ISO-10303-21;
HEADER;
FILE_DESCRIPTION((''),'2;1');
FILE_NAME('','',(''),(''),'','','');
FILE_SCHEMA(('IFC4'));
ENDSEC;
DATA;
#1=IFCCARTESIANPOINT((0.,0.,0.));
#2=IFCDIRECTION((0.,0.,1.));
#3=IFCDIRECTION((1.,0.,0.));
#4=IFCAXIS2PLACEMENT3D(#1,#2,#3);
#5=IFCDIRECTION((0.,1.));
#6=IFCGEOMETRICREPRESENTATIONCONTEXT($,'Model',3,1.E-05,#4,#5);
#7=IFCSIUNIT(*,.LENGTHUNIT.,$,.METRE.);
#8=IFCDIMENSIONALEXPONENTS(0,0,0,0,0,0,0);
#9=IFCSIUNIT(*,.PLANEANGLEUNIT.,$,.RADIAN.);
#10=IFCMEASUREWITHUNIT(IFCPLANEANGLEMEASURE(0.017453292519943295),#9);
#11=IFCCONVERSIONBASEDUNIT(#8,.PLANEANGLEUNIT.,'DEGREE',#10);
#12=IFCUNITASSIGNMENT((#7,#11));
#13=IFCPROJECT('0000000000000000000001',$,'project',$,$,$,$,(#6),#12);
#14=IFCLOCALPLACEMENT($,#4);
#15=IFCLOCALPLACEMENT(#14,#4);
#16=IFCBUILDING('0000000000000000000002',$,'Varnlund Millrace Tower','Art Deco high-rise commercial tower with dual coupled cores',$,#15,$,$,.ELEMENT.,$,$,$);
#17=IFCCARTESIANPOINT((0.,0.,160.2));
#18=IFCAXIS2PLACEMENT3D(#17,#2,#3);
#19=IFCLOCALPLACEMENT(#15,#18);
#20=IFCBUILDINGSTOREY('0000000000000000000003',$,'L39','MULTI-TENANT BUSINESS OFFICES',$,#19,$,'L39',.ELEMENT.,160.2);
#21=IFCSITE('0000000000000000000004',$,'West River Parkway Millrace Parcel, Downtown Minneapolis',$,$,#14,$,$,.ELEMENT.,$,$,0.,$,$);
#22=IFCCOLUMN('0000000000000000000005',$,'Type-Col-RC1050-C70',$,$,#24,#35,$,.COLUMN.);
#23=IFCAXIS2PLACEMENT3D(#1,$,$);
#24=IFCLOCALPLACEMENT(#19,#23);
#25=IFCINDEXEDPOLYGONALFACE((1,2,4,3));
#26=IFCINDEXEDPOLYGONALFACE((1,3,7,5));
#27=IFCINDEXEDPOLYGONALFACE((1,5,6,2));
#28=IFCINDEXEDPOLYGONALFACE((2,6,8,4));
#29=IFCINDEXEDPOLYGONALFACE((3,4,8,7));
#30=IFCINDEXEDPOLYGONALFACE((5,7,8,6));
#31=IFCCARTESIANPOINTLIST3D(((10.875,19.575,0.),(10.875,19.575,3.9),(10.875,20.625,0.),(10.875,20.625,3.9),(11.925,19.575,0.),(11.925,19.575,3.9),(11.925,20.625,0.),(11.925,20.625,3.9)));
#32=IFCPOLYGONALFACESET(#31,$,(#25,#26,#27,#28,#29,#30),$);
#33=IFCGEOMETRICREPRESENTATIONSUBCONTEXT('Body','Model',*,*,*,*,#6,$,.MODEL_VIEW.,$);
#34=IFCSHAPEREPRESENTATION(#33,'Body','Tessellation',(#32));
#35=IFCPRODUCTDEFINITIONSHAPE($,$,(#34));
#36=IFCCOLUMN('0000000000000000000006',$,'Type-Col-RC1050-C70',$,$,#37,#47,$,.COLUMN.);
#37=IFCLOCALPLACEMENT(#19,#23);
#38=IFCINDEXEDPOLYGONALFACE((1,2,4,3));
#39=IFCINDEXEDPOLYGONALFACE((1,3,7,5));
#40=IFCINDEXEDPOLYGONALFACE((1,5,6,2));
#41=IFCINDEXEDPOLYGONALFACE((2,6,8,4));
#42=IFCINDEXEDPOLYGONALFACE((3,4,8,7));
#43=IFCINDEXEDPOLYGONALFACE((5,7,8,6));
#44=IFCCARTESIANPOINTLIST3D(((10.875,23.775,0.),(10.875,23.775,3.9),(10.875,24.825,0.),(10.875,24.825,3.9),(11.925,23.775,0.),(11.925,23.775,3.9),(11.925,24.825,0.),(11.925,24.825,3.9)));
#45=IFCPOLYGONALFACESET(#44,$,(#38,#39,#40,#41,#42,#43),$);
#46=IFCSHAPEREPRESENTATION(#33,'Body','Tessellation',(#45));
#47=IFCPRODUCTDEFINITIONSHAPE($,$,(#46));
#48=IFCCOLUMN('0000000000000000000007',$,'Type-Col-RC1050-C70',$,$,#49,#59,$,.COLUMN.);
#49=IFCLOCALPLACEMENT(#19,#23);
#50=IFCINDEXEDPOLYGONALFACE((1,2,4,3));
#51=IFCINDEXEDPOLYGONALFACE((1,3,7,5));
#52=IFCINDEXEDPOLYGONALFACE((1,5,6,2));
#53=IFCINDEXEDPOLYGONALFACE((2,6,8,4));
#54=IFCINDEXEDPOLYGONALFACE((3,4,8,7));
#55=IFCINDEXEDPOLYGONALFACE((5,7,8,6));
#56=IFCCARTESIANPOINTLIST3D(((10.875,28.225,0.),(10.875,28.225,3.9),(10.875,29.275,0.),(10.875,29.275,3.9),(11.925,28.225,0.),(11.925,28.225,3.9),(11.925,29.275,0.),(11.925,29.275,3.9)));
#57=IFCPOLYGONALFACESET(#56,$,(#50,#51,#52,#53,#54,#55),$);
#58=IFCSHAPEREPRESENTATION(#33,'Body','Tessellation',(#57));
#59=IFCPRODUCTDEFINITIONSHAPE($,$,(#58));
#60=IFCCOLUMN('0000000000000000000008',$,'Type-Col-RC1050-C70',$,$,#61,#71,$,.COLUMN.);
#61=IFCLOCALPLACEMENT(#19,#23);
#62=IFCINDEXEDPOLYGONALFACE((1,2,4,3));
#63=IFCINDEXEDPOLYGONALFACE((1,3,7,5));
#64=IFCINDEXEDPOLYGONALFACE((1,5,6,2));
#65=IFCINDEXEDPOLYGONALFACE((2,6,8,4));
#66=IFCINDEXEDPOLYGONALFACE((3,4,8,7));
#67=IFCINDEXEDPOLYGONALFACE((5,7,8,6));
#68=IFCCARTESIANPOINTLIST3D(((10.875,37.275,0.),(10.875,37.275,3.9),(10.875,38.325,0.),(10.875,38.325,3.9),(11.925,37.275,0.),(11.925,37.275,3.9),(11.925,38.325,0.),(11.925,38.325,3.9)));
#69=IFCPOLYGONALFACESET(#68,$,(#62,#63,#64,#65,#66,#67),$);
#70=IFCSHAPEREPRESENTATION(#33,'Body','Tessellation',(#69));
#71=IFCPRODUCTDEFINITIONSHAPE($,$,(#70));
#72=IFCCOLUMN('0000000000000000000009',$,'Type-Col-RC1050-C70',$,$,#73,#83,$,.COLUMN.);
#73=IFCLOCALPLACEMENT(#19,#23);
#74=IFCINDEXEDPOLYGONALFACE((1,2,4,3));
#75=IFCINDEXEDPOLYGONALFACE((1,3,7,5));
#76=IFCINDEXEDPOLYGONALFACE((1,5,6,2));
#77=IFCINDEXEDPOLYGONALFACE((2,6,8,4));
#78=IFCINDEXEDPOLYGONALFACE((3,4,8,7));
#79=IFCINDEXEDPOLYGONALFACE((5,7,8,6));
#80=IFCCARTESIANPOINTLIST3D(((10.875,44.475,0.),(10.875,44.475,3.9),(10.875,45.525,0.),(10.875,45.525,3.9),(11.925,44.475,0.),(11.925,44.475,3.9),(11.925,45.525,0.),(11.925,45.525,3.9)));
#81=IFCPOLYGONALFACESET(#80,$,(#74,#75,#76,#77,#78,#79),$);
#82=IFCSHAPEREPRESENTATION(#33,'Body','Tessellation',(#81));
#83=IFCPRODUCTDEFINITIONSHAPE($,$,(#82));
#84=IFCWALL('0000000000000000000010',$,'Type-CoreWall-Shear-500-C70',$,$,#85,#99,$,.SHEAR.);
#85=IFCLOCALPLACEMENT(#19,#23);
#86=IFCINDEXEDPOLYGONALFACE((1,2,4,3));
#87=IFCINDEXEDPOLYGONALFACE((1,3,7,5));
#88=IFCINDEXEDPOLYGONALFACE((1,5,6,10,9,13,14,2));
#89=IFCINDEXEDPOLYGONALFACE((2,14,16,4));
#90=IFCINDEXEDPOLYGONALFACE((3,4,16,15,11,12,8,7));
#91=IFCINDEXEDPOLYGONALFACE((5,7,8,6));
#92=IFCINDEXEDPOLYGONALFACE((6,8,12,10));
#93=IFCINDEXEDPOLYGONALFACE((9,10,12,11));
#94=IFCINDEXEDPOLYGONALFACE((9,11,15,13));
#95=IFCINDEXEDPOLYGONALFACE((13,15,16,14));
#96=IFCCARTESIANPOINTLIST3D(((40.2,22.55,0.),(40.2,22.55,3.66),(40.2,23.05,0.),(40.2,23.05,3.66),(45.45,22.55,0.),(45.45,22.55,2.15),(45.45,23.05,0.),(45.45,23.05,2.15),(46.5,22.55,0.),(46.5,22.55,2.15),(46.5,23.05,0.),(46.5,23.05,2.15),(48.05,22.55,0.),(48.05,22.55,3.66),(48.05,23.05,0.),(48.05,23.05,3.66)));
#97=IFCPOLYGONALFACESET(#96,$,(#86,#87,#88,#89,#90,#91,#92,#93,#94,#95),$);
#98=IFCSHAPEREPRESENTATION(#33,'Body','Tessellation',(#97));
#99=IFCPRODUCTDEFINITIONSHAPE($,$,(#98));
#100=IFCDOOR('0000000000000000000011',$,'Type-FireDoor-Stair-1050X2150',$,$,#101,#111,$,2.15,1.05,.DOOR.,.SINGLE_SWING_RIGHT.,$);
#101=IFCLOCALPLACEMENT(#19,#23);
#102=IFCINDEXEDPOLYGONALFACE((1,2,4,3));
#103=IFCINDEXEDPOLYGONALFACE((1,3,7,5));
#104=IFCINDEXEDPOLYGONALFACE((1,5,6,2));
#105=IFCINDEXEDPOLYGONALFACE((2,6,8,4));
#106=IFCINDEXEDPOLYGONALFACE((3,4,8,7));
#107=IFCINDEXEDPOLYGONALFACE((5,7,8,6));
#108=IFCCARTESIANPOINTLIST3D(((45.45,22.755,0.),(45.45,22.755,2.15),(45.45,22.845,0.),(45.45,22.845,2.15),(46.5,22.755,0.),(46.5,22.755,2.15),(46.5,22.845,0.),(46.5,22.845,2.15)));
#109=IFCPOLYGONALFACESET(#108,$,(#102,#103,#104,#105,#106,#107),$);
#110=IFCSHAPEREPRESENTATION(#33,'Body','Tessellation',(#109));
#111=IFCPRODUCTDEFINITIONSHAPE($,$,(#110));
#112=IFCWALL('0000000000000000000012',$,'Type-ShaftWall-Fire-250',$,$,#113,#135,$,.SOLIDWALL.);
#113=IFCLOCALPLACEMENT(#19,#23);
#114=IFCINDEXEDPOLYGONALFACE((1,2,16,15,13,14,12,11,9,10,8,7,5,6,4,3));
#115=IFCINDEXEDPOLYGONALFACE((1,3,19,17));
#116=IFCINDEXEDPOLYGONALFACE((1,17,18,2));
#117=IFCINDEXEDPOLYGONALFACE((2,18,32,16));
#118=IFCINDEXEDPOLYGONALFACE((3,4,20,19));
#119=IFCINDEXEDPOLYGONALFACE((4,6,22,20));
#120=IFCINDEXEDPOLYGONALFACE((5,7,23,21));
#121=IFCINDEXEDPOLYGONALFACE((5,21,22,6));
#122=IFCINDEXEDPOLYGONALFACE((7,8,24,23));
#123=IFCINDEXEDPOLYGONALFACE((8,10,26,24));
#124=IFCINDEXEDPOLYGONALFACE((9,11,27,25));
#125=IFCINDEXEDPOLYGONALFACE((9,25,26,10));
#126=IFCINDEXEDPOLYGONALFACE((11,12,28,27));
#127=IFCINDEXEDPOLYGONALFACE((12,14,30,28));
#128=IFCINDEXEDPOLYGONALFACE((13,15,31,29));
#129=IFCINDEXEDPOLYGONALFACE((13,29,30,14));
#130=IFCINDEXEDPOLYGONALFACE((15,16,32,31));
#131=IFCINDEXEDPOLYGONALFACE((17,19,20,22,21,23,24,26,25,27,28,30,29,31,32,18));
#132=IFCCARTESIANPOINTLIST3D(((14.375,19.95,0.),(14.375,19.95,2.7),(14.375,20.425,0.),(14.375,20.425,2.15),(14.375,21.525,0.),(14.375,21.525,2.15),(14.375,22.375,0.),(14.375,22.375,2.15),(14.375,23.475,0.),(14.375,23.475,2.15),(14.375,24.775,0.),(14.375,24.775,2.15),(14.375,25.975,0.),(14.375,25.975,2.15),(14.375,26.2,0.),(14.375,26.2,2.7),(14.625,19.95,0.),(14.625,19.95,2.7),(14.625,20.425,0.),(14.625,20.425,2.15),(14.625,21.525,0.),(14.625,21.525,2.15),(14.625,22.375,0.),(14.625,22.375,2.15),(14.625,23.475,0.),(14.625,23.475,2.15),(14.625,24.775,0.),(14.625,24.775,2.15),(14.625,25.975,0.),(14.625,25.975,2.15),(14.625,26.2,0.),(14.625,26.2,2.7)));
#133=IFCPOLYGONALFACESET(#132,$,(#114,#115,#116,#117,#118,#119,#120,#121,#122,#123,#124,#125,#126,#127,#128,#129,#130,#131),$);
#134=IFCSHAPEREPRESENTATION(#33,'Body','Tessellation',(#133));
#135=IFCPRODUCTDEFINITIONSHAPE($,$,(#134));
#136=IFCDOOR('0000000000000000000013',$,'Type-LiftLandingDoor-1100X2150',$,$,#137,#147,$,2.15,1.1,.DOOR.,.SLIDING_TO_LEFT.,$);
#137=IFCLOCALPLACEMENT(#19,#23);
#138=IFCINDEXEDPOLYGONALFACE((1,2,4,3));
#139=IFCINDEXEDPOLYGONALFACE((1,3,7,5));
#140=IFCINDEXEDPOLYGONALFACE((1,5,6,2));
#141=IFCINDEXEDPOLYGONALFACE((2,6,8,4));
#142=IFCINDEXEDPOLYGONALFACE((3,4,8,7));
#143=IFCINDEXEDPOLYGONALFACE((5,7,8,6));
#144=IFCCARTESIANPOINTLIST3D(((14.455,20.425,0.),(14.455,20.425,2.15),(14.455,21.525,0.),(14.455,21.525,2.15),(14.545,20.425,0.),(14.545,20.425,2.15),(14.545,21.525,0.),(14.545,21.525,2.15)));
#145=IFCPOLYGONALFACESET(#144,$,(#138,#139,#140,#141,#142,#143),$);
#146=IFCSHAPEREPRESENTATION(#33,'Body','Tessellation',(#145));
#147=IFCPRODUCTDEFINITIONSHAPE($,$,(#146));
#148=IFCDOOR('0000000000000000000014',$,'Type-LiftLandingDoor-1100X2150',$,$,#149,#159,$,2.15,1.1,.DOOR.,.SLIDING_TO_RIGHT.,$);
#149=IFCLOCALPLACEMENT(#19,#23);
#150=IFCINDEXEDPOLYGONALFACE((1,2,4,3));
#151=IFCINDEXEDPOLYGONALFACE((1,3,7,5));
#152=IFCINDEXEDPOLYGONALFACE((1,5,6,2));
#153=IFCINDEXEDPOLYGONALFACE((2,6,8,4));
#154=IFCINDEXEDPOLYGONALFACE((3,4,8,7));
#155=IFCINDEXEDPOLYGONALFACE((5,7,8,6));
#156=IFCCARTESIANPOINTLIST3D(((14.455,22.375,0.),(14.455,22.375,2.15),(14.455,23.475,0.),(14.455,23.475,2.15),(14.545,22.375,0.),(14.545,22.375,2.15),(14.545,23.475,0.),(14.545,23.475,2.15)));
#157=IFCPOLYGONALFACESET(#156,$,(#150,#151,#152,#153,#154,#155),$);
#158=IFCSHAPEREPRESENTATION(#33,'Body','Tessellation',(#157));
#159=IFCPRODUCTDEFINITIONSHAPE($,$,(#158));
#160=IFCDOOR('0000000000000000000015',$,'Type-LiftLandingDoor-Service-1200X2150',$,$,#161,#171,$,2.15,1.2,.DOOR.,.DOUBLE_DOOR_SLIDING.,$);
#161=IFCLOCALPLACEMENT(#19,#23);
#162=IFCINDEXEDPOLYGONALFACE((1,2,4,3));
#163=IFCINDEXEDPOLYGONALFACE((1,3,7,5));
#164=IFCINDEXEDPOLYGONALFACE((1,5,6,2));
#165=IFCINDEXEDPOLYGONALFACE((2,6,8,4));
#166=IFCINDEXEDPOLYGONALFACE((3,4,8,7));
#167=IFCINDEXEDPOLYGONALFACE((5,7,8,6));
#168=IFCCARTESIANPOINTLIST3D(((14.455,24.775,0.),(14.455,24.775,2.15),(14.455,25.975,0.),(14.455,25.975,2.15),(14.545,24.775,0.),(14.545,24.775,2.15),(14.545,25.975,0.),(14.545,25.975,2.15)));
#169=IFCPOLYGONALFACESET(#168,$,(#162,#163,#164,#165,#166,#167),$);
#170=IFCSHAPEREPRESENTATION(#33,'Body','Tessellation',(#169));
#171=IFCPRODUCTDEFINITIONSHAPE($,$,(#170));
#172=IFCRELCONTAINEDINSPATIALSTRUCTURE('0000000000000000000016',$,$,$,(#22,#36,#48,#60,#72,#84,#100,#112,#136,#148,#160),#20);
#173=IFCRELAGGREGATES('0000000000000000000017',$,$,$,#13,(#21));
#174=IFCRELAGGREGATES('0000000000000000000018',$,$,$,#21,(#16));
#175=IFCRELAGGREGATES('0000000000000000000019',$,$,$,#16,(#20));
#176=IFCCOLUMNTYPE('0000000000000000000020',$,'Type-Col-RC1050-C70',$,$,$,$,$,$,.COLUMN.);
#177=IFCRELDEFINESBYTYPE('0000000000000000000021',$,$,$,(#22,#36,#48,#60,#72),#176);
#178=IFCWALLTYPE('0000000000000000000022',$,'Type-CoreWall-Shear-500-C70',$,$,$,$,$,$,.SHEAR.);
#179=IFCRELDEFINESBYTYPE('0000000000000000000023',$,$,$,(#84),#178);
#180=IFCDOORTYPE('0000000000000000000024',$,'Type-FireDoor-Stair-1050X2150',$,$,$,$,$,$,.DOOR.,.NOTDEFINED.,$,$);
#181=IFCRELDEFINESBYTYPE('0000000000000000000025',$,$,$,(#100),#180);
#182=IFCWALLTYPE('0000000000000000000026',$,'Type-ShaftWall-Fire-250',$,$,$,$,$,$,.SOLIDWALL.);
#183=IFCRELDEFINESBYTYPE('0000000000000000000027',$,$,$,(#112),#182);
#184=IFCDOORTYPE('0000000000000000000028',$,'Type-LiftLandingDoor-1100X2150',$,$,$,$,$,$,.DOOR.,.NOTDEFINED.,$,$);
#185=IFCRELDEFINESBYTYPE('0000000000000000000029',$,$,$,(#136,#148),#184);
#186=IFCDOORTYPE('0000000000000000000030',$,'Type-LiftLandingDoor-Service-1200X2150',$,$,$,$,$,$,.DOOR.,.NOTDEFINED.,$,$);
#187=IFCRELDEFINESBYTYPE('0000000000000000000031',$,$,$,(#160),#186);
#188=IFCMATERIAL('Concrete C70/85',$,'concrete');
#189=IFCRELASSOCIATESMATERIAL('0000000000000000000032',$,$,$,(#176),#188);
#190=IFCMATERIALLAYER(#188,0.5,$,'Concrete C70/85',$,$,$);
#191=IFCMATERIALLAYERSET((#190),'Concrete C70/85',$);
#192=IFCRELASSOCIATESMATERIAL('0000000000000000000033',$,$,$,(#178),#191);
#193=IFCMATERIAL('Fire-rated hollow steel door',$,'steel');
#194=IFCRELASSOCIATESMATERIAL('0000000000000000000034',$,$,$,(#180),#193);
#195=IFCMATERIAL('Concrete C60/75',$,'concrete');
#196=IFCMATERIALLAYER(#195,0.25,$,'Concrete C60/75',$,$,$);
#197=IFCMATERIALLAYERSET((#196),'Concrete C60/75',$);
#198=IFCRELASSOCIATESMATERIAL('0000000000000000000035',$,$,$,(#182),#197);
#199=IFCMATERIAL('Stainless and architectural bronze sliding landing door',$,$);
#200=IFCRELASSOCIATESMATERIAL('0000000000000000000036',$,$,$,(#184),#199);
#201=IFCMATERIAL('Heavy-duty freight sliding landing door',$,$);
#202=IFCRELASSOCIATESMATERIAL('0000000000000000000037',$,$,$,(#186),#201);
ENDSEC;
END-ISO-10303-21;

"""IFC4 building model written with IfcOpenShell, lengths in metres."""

from ifc_helpers import new_model, entity, si_unit, converted_unit, direction, frame, origin_with_axes, origin_2d_with_axis, place, context, subcontext, project, spatial, polyline, rectangle, outline, extrude, material, layer, layer_set, material_profile, profile_set, type_object, element, fill, save


model = new_model("IFC4")

# Units and contexts
model_context = context("Model", 3, precision=1e-05, world=origin_with_axes(), true_north=direction((0.0, 1.0)))
body_context = subcontext(model_context, "Body", "Model", "MODEL_VIEW")
ifc_project = project(units=[si_unit("LENGTHUNIT", "METRE"), converted_unit("PLANEANGLEUNIT", "DEGREE", entity("IfcPlaneAngleMeasure", 0.017453292519943295), si_unit("PLANEANGLEUNIT", "RADIAN"), dimensions=[0, 0, 0, 0, 0, 0, 0])], contexts=[model_context])

# Site, building, storey
site_placement = place(None, origin_with_axes())
site = spatial("IfcSite", under=ifc_project, at=site_placement, Name="West River Parkway Millrace Parcel, Downtown Minneapolis", CompositionType="ELEMENT", RefElevation=0.0)
building_placement = place(site_placement, origin_with_axes())
building = spatial("IfcBuilding", under=site, at=building_placement, Name="Varnlund Millrace Tower", Description="Art Deco high-rise commercial tower with dual coupled cores", CompositionType="ELEMENT")
storey_placement = place(building_placement, frame((0.0, 0.0, 160.2), z_axis=(0.0, 0.0, 1.0), x_axis=(1.0, 0.0, 0.0)))
storey = spatial("IfcBuildingStorey", under=building, at=storey_placement, Name="L39", Description="MULTI-TENANT BUSINESS OFFICES", LongName="L39", CompositionType="ELEMENT", Elevation=160.2)

# Columns
ifc_material_1 = material(Name="Concrete C70/85", Category="concrete")
ifc_material_profile = material_profile(ifc_material_1, rectangle(XDim=1.05, YDim=1.05, at=origin_2d_with_axis()), Name="Concrete C70/85")
ifc_profile_set = profile_set([ifc_material_profile], Name="Concrete C70/85")
column_type = type_object("IfcColumnType", Name="Type-Col-RC1050-C70", PredefinedType="COLUMN", material=ifc_profile_set)
for number, where, z_axis, x_axis, name in (
    (1, (11.4, 20.1, 0.0), (0.0, 0.0, 1.0), (1.0, 0.0, 0.0), "Type-Col-RC1050-C70"),
    (2, (11.4, 24.3, 0.0), (0.0, 0.0, 1.0), (1.0, 0.0, 0.0), "Type-Col-RC1050-C70"),
    (3, (11.4, 28.75, 0.0), (0.0, 0.0, 1.0), (1.0, 0.0, 0.0), "Type-Col-RC1050-C70"),
    (4, (11.4, 37.8, 0.0), (0.0, 0.0, 1.0), (1.0, 0.0, 0.0), "Type-Col-RC1050-C70"),
    (5, (11.4, 45.0, 0.0), (0.0, 0.0, 1.0), (1.0, 0.0, 0.0), "Type-Col-RC1050-C70"),
):
    element("IfcColumn", number, at=place(storey_placement, frame(where, z_axis=z_axis, x_axis=x_axis)), inside=storey, type_object=column_type, Name=name, PredefinedType="COLUMN", context=body_context, shape_type="SweptSolid", body=[
        extrude(rectangle(XDim=1.05, YDim=1.05, at=origin_2d_with_axis()), origin_with_axes(), (0.0, 0.0, 1.0), 3.9),
    ])

# Wall, opening, door
ifc_layer_1 = layer(ifc_material_1, 0.5, Name="Concrete C70/85")
ifc_layer_set_1 = layer_set([ifc_layer_1], Name="Concrete C70/85")
wall_type_1 = type_object("IfcWallType", Name="Type-CoreWall-Shear-500-C70", PredefinedType="SHEAR", material=ifc_layer_set_1)
wall_1_placement = place(storey_placement, frame((40.2, 22.8, 0.0), z_axis=(0.0, 0.0, 1.0), x_axis=(1.0, 0.0, 0.0)))
wall_1 = element("IfcWall", 6, at=wall_1_placement, inside=storey, type_object=wall_type_1, Name="Type-CoreWall-Shear-500-C70", PredefinedType="SHEAR", context=body_context, shape_type="SweptSolid", body=[
    extrude(outline(polyline([(0.0, -0.25), (7.85, -0.25), (7.85, 0.25), (0.0, 0.25), (0.0, -0.25)])), origin_with_axes(), (0.0, 0.0, 1.0), 3.66),
])
opening_1_placement = place(wall_1_placement, frame((5.775, 0.0, 0.0), z_axis=(0.0, 0.0, 1.0), x_axis=(1.0, 0.0, 0.0)))
opening_1 = element("IfcOpeningElement", 7, at=opening_1_placement, cuts=wall_1, PredefinedType="OPENING", context=body_context, shape_type="SweptSolid", body=[
    extrude(rectangle(XDim=1.05, YDim=0.52, at=origin_2d_with_axis()), origin_with_axes(), (0.0, 0.0, 1.0), 2.15),
])
ifc_material_2 = material(Name="Fire-rated hollow steel door", Category="steel")
door_type_1 = type_object("IfcDoorType", Name="Type-FireDoor-Stair-1050X2150", OperationType="NOTDEFINED", PredefinedType="DOOR", material=ifc_material_2)
door_1_placement = place(wall_1_placement, frame((5.775, 0.0, 0.0), z_axis=(0.0, 0.0, 1.0), x_axis=(1.0, 0.0, 0.0)))
door_1 = element("IfcDoor", 8, at=door_1_placement, inside=storey, type_object=door_type_1, Name="Type-FireDoor-Stair-1050X2150", OperationType="SINGLE_SWING_RIGHT", OverallHeight=2.15, OverallWidth=1.05, PredefinedType="DOOR", context=body_context, shape_type="SweptSolid", body=[
    extrude(rectangle(XDim=1.05, YDim=0.09, at=origin_2d_with_axis()), origin_with_axes(), (0.0, 0.0, 1.0), 2.15),
])
fill(opening_1, door_1)

# Wall, openings, doors
ifc_material_3 = material(Name="Concrete C60/75", Category="concrete")
ifc_layer_2 = layer(ifc_material_3, 0.25, Name="Concrete C60/75")
ifc_layer_set_2 = layer_set([ifc_layer_2], Name="Concrete C60/75")
wall_type_2 = type_object("IfcWallType", Name="Type-ShaftWall-Fire-250", PredefinedType="SOLIDWALL", material=ifc_layer_set_2)
wall_2_placement = place(storey_placement, frame((14.5, 19.95, 0.0), z_axis=(0.0, 0.0, 1.0), x_axis=(0.0, 1.0, 0.0)))
wall_2 = element("IfcWall", 9, at=wall_2_placement, inside=storey, type_object=wall_type_2, Name="Type-ShaftWall-Fire-250", PredefinedType="SOLIDWALL", context=body_context, shape_type="SweptSolid", body=[
    extrude(outline(polyline([(0.0, -0.125), (6.25, -0.125), (6.25, 0.125), (0.0, 0.125), (0.0, -0.125)])), origin_with_axes(), (0.0, 0.0, 1.0), 2.7),
])
opening_2_placement = place(wall_2_placement, frame((1.025, 0.0, 0.0), z_axis=(0.0, 0.0, 1.0), x_axis=(1.0, 0.0, 0.0)))
opening_2 = element("IfcOpeningElement", 10, at=opening_2_placement, cuts=wall_2, PredefinedType="OPENING", context=body_context, shape_type="SweptSolid", body=[
    extrude(rectangle(XDim=1.1, YDim=0.27, at=origin_2d_with_axis()), origin_with_axes(), (0.0, 0.0, 1.0), 2.15),
])
opening_3_placement = place(wall_2_placement, frame((2.975, 0.0, 0.0), z_axis=(0.0, 0.0, 1.0), x_axis=(1.0, 0.0, 0.0)))
opening_3 = element("IfcOpeningElement", 11, at=opening_3_placement, cuts=wall_2, PredefinedType="OPENING", context=body_context, shape_type="SweptSolid", body=[
    extrude(rectangle(XDim=1.1, YDim=0.27, at=origin_2d_with_axis()), origin_with_axes(), (0.0, 0.0, 1.0), 2.15),
])
opening_4_placement = place(wall_2_placement, frame((5.425, 0.0, 0.0), z_axis=(0.0, 0.0, 1.0), x_axis=(1.0, 0.0, 0.0)))
opening_4 = element("IfcOpeningElement", 12, at=opening_4_placement, cuts=wall_2, PredefinedType="OPENING", context=body_context, shape_type="SweptSolid", body=[
    extrude(rectangle(XDim=1.2, YDim=0.27, at=origin_2d_with_axis()), origin_with_axes(), (0.0, 0.0, 1.0), 2.15),
])
ifc_material_4 = material(Name="Stainless and architectural bronze sliding landing door")
door_type_2 = type_object("IfcDoorType", Name="Type-LiftLandingDoor-1100X2150", OperationType="NOTDEFINED", PredefinedType="DOOR", material=ifc_material_4)
door_2_placement = place(wall_2_placement, frame((1.025, 0.0, 0.0), z_axis=(0.0, 0.0, 1.0), x_axis=(1.0, 0.0, 0.0)))
door_2 = element("IfcDoor", 13, at=door_2_placement, inside=storey, type_object=door_type_2, Name="Type-LiftLandingDoor-1100X2150", OperationType="SLIDING_TO_LEFT", OverallHeight=2.15, OverallWidth=1.1, PredefinedType="DOOR", context=body_context, shape_type="SweptSolid", body=[
    extrude(rectangle(XDim=1.1, YDim=0.09, at=origin_2d_with_axis()), origin_with_axes(), (0.0, 0.0, 1.0), 2.15),
])
fill(opening_2, door_2)
door_3_placement = place(wall_2_placement, frame((2.975, 0.0, 0.0), z_axis=(0.0, 0.0, 1.0), x_axis=(1.0, 0.0, 0.0)))
door_3 = element("IfcDoor", 14, at=door_3_placement, inside=storey, type_object=door_type_2, Name="Type-LiftLandingDoor-1100X2150", OperationType="SLIDING_TO_RIGHT", OverallHeight=2.15, OverallWidth=1.1, PredefinedType="DOOR", context=body_context, shape_type="SweptSolid", body=[
    extrude(rectangle(XDim=1.1, YDim=0.09, at=origin_2d_with_axis()), origin_with_axes(), (0.0, 0.0, 1.0), 2.15),
])
fill(opening_3, door_3)
ifc_material_5 = material(Name="Heavy-duty freight sliding landing door")
door_type_3 = type_object("IfcDoorType", Name="Type-LiftLandingDoor-Service-1200X2150", OperationType="NOTDEFINED", PredefinedType="DOOR", material=ifc_material_5)
door_4_placement = place(wall_2_placement, frame((5.425, 0.0, 0.0), z_axis=(0.0, 0.0, 1.0), x_axis=(1.0, 0.0, 0.0)))
door_4 = element("IfcDoor", 15, at=door_4_placement, inside=storey, type_object=door_type_3, Name="Type-LiftLandingDoor-Service-1200X2150", OperationType="DOUBLE_DOOR_SLIDING", OverallHeight=2.15, OverallWidth=1.2, PredefinedType="DOOR", context=body_context, shape_type="SweptSolid", body=[
    extrude(rectangle(XDim=1.2, YDim=0.09, at=origin_2d_with_axis()), origin_with_axes(), (0.0, 0.0, 1.0), 2.15),
])
fill(opening_4, door_4)

save(model, "model.ifc")
